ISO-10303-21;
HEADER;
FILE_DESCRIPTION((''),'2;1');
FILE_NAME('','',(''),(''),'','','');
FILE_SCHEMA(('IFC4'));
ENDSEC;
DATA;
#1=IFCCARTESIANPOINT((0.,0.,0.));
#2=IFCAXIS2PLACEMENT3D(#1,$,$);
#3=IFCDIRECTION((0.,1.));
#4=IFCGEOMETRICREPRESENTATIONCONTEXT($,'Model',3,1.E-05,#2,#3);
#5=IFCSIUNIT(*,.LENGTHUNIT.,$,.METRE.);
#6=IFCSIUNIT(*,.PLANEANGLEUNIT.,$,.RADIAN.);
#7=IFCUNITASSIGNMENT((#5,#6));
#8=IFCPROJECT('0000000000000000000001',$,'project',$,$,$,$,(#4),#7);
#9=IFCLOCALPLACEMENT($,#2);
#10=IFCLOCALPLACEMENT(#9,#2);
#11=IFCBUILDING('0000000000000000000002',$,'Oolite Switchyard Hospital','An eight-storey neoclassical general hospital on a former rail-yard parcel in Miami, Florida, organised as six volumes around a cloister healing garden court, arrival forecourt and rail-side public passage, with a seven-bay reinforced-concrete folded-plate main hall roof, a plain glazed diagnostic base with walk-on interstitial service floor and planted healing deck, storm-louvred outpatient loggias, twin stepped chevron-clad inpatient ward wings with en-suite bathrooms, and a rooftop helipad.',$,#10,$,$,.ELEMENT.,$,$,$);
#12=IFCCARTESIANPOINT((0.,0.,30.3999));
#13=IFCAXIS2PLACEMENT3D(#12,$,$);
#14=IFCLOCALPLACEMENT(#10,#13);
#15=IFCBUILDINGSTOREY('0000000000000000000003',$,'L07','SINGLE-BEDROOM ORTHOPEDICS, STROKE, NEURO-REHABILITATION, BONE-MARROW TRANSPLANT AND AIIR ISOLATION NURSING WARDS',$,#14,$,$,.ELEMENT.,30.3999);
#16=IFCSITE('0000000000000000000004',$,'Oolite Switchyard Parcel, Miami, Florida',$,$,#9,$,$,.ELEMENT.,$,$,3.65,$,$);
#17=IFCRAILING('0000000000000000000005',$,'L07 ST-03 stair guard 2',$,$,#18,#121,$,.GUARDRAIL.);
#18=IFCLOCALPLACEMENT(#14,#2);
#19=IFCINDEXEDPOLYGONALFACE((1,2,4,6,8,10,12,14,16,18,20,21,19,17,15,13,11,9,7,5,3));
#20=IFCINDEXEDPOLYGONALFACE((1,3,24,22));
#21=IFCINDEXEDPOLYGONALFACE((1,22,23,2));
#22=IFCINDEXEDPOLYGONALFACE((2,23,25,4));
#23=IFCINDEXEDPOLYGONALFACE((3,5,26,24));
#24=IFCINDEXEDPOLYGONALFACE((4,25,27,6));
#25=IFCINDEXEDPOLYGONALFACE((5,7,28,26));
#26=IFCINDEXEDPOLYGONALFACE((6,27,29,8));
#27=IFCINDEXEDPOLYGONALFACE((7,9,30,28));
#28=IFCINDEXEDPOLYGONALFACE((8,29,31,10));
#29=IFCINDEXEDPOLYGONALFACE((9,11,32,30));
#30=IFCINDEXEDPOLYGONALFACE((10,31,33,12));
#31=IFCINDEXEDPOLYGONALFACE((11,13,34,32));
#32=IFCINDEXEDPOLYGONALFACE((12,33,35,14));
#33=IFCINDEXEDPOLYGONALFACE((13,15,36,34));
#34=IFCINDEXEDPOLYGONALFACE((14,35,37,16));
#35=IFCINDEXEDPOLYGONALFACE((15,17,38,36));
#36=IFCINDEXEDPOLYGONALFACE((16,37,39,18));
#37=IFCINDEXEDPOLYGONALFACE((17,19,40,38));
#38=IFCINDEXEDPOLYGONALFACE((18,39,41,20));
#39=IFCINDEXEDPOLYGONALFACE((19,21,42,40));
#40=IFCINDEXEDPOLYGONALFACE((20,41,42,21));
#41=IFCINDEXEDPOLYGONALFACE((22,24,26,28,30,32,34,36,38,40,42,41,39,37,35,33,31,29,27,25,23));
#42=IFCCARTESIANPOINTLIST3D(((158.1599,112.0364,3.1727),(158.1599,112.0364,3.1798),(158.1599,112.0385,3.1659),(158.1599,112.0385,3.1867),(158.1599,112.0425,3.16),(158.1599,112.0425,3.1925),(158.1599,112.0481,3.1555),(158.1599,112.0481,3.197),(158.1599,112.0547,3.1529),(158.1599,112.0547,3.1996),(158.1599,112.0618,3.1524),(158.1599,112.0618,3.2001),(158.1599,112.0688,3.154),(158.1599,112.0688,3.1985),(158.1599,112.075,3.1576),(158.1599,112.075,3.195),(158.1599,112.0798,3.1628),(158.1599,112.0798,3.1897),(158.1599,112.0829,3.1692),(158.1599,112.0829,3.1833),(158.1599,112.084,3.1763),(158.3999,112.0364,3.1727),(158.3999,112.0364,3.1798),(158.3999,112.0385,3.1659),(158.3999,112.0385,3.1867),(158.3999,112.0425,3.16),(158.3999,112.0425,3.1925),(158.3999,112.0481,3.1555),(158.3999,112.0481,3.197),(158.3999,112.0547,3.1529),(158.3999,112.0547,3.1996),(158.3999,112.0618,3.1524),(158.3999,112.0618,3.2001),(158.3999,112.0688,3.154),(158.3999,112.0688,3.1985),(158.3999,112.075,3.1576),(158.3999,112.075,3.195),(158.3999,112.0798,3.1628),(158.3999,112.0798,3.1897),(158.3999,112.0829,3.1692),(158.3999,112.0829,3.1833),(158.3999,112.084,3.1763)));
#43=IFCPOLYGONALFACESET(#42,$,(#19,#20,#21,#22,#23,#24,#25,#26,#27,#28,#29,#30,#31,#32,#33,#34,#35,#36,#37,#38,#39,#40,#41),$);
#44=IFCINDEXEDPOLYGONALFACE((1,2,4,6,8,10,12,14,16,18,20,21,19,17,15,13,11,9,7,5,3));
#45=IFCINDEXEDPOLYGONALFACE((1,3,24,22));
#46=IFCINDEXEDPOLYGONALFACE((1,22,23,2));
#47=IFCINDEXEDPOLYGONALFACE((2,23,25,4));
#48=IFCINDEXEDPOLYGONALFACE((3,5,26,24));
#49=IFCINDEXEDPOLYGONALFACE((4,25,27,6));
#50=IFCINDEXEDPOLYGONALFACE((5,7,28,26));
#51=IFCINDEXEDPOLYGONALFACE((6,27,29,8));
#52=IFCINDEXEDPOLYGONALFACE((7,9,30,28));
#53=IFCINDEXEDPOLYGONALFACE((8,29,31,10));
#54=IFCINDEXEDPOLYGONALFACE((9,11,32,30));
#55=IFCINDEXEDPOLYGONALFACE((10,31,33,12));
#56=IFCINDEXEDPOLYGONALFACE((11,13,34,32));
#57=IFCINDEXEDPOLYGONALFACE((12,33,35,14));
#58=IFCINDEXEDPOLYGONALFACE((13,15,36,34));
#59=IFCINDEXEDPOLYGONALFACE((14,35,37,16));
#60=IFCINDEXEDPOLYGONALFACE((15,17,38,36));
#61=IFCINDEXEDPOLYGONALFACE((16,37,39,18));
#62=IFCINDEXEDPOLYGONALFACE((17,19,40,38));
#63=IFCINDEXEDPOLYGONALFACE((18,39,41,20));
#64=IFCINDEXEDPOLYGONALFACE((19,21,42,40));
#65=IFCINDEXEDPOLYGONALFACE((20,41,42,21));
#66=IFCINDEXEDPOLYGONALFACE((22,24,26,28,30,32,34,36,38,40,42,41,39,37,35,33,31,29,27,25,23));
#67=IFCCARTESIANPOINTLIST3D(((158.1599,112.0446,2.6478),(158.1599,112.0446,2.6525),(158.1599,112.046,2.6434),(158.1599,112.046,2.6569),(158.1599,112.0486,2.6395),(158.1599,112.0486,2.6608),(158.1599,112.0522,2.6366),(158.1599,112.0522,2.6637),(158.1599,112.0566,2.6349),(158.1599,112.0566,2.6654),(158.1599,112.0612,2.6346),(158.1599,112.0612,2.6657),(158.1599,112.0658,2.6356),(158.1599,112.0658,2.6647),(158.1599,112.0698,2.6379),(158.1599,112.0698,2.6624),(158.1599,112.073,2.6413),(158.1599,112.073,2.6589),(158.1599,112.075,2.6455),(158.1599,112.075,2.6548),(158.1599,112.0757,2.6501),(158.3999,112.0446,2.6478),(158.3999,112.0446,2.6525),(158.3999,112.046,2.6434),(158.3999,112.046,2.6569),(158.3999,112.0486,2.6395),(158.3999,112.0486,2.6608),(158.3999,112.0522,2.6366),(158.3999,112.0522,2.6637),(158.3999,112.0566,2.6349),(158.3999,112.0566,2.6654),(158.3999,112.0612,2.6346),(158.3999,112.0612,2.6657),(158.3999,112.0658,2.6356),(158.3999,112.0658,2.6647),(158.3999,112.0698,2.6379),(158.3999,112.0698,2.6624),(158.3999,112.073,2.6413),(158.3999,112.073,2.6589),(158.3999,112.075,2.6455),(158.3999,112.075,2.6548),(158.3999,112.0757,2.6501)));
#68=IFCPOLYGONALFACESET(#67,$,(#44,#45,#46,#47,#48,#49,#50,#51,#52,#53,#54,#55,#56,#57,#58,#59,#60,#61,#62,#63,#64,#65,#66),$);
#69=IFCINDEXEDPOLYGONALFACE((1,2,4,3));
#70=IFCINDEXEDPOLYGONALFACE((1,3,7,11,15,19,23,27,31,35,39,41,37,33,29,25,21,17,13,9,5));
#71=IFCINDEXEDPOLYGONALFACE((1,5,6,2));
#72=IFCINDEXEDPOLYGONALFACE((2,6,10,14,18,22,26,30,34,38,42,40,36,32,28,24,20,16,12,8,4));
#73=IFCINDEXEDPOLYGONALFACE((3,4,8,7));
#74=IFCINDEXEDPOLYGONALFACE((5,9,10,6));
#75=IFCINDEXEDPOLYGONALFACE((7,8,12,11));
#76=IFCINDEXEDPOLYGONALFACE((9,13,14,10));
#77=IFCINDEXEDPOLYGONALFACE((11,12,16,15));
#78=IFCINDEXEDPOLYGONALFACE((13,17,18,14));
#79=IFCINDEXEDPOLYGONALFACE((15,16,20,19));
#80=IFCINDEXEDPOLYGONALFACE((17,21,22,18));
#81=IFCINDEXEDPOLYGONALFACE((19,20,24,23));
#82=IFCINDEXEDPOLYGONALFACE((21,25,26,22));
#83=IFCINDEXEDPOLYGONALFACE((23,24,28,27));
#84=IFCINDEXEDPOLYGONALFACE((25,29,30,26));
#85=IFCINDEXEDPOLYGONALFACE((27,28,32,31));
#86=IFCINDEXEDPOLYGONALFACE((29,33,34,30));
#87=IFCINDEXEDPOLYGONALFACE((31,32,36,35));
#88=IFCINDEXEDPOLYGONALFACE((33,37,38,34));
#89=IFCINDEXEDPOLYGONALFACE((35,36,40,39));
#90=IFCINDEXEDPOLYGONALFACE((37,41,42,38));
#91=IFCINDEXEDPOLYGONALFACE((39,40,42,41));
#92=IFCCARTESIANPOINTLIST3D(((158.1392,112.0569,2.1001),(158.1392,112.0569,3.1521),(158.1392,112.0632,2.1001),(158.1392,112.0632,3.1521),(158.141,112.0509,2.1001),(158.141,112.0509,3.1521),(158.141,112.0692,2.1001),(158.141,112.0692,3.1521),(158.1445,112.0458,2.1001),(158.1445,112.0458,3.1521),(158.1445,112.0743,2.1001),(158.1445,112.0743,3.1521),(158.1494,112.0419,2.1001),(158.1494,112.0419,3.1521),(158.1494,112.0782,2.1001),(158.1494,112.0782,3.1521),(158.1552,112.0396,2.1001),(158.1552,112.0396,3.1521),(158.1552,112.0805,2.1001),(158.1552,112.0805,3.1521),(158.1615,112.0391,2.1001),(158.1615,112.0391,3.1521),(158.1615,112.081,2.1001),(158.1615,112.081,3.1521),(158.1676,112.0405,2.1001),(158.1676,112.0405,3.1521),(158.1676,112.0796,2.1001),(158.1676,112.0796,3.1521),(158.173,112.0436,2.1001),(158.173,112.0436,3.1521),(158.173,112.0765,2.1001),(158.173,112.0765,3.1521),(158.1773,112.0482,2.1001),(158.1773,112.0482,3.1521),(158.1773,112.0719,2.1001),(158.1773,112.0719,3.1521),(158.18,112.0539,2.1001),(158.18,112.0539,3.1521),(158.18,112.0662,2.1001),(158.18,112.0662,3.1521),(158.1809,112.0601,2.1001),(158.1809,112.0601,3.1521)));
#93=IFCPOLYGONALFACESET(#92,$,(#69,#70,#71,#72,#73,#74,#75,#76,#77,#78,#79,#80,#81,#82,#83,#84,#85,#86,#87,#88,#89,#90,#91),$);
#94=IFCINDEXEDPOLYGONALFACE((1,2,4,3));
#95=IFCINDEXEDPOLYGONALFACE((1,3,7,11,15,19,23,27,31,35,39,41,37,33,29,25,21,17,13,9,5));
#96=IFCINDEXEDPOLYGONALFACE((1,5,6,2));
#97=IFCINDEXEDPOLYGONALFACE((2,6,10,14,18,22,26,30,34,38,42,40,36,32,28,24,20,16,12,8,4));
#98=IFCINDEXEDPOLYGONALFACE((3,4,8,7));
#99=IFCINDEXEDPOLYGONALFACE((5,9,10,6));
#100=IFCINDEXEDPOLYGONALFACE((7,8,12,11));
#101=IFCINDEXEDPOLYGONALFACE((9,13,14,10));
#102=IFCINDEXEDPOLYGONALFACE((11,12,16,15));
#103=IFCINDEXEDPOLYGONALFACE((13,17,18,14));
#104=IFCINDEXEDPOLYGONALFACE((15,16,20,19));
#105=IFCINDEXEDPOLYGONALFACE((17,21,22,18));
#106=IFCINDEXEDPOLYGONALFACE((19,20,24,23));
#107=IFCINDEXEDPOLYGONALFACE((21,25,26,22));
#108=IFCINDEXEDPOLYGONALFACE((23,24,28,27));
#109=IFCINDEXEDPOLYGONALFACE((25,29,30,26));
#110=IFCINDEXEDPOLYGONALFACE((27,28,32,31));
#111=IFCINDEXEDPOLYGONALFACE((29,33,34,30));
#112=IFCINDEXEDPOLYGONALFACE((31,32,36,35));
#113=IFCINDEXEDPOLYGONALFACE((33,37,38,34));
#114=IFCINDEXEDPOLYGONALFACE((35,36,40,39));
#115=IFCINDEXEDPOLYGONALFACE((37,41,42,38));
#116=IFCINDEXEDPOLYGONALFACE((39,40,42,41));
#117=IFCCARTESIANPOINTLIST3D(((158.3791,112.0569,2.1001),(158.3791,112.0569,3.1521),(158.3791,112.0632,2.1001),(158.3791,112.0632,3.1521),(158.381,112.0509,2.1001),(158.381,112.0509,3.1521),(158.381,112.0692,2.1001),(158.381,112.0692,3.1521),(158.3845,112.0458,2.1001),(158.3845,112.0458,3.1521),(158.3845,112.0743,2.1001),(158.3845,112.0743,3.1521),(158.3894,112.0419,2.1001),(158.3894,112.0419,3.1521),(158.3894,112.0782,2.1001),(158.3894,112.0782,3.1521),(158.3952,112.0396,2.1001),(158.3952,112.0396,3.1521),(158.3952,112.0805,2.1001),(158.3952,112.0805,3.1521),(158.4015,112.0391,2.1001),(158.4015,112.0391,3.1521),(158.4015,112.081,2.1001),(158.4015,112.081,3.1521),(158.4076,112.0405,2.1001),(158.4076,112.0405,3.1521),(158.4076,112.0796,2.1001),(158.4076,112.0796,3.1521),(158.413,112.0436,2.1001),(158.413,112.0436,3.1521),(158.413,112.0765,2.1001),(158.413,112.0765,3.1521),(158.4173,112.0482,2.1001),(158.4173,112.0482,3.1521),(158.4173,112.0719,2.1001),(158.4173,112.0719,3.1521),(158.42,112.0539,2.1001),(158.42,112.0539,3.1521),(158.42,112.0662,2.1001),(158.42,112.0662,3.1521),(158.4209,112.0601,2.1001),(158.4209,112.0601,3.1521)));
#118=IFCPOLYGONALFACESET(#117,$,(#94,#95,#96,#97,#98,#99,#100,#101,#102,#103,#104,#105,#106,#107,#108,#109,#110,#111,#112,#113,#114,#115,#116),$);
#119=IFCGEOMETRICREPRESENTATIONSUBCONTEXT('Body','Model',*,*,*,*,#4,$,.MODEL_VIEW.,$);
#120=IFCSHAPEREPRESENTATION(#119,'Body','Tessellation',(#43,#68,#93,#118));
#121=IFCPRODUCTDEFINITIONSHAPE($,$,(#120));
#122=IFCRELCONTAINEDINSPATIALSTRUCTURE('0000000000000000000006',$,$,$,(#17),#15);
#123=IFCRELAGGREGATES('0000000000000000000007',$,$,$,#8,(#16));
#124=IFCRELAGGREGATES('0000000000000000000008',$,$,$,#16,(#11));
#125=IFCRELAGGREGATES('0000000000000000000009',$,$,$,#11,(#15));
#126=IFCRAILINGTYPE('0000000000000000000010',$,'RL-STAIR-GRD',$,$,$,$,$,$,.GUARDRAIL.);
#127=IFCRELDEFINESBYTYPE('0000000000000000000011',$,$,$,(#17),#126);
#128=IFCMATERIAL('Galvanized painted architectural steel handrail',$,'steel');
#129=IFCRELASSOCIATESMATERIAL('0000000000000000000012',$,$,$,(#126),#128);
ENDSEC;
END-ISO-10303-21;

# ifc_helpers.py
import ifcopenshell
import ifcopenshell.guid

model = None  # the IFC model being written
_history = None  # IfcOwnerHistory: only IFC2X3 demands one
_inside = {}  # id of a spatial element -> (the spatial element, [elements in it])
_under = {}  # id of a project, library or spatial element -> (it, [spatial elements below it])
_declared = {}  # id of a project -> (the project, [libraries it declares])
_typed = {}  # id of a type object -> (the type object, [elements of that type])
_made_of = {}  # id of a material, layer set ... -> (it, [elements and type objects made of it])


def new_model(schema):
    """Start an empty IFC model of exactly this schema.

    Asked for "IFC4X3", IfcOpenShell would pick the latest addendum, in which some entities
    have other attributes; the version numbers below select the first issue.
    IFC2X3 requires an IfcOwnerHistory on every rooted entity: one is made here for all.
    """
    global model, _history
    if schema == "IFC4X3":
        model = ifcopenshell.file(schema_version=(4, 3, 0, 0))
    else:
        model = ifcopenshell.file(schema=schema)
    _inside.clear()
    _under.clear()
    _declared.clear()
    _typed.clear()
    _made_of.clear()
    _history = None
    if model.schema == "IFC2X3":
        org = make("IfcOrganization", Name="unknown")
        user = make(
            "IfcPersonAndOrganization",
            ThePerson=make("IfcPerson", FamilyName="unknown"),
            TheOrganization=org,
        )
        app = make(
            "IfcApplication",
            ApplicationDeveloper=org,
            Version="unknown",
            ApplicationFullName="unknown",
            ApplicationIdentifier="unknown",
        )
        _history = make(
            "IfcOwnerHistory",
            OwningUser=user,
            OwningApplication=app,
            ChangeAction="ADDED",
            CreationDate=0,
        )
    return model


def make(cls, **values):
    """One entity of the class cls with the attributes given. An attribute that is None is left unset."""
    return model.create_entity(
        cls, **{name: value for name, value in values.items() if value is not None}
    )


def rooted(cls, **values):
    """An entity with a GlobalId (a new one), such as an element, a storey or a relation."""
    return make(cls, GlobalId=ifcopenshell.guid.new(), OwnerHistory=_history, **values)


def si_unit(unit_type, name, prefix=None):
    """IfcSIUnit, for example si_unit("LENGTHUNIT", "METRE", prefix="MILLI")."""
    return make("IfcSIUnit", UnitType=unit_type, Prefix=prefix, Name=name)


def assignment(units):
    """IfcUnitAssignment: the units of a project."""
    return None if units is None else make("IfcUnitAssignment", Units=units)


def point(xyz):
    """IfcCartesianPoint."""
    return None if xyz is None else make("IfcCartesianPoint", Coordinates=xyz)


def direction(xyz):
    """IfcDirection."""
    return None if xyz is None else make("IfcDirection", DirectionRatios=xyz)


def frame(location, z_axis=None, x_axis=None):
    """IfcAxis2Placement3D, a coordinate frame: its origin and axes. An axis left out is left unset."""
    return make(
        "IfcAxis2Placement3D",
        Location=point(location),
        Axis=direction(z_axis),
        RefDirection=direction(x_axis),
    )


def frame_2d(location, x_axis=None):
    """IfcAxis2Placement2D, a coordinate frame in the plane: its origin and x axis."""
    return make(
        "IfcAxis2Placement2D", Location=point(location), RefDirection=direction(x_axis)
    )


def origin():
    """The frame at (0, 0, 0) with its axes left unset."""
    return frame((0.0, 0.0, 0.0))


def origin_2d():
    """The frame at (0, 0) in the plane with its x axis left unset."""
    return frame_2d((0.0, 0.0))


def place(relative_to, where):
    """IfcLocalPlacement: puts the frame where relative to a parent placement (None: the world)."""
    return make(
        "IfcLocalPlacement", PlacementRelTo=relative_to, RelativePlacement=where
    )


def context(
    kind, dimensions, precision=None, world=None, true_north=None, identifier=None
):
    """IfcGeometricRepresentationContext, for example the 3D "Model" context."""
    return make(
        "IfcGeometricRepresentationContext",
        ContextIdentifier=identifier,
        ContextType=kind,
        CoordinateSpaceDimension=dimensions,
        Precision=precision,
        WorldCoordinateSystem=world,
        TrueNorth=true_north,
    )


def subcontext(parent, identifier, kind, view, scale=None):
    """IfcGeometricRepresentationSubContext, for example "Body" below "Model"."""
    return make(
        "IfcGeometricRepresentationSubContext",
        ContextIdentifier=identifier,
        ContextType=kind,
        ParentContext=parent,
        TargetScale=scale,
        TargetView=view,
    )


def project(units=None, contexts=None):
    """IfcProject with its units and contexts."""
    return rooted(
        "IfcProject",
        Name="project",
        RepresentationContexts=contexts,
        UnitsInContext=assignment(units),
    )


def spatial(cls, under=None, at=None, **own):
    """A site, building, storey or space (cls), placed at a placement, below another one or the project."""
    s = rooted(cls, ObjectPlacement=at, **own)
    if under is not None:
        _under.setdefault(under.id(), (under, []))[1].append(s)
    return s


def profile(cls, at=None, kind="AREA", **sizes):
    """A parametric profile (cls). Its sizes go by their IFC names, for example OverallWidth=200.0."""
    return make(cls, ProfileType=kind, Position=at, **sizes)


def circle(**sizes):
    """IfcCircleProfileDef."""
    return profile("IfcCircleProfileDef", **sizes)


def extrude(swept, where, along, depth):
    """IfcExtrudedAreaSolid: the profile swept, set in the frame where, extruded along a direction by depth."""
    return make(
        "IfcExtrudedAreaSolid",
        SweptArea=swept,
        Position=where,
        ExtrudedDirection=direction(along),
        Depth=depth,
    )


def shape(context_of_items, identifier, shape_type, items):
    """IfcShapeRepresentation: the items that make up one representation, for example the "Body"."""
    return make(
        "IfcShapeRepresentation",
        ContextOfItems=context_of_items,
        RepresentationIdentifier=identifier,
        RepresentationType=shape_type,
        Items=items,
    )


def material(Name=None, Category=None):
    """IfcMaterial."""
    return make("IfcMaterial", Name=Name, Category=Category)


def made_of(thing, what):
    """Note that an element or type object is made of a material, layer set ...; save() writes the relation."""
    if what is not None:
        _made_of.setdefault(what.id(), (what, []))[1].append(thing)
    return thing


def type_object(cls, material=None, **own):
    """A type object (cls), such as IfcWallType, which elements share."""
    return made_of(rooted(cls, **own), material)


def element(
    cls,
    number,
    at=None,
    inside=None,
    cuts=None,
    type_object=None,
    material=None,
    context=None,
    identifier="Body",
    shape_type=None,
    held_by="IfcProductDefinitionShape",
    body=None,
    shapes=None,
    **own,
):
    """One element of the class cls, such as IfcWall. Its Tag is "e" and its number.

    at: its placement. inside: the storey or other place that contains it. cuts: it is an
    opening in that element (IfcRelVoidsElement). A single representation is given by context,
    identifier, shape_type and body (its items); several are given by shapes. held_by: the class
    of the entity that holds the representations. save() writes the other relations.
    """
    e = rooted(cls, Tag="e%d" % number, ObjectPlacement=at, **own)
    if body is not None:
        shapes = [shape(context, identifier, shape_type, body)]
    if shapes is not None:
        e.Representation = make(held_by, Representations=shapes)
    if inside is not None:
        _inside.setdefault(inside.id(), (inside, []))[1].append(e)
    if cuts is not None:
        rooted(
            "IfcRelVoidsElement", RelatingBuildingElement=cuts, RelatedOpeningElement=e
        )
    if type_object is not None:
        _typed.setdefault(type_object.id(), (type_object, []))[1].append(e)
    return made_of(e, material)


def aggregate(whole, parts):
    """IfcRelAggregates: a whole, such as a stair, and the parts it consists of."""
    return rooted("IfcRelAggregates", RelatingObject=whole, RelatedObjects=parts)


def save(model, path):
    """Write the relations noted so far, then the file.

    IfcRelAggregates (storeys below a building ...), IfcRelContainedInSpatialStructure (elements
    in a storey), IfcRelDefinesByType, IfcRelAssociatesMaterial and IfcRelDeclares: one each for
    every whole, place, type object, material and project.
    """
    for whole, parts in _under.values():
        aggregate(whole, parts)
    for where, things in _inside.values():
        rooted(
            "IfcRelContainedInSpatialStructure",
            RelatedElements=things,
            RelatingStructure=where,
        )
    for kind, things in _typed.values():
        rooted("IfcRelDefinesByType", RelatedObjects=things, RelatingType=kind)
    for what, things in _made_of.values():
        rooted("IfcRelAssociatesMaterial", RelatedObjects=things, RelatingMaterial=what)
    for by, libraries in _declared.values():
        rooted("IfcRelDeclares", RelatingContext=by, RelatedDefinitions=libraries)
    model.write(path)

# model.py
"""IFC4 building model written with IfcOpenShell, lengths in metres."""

from ifc_helpers import new_model, si_unit, direction, frame, origin, origin_2d, place, context, subcontext, project, spatial, circle, extrude, material, type_object, element, save


model = new_model("IFC4")

# Units and contexts
model_context = context("Model", 3, precision=1e-05, world=origin(), true_north=direction((0.0, 1.0)))
body_context = subcontext(model_context, "Body", "Model", "MODEL_VIEW")
ifc_project = project(units=[si_unit("LENGTHUNIT", "METRE"), si_unit("PLANEANGLEUNIT", "RADIAN")], contexts=[model_context])

# Site, building, storey
site_placement = place(None, origin())
site = spatial("IfcSite", under=ifc_project, at=site_placement, Name="Oolite Switchyard Parcel, Miami, Florida", CompositionType="ELEMENT", RefElevation=3.65)
building_placement = place(site_placement, origin())
building = spatial("IfcBuilding", under=site, at=building_placement, Name="Oolite Switchyard Hospital", Description="An eight-storey neoclassical general hospital on a former rail-yard parcel in Miami, Florida, organised as six volumes around a cloister healing garden court, arrival forecourt and rail-side public passage, with a seven-bay reinforced-concrete folded-plate main hall roof, a plain glazed diagnostic base with walk-on interstitial service floor and planted healing deck, storm-louvred outpatient loggias, twin stepped chevron-clad inpatient ward wings with en-suite bathrooms, and a rooftop helipad.", CompositionType="ELEMENT")
storey_placement = place(building_placement, frame((0.0, 0.0, 30.3999)))
storey = spatial("IfcBuildingStorey", under=building, at=storey_placement, Name="L07", Description="SINGLE-BEDROOM ORTHOPEDICS, STROKE, NEURO-REHABILITATION, BONE-MARROW TRANSPLANT AND AIIR ISOLATION NURSING WARDS", CompositionType="ELEMENT", Elevation=30.3999)

# Railing
ifc_material_1 = material(Name="Galvanized painted architectural steel handrail", Category="steel")
railing_type_1 = type_object("IfcRailingType", Name="RL-STAIR-GRD", PredefinedType="GUARDRAIL", material=ifc_material_1)
railing_1_placement = place(storey_placement, frame((158.1599, 112.0601, 2.1001)))
element("IfcRailing", 1, at=railing_1_placement, inside=storey, type_object=railing_type_1, Name="L07 ST-03 stair guard 2", PredefinedType="GUARDRAIL", context=body_context, shape_type="SweptSolid", body=[
    extrude(circle(Radius=0.0239, at=origin_2d()), frame((0.0, 0.0, 1.0762), z_axis=(1.0, 0.0, 0.0), x_axis=(0.0, 1.0, 0.0)), (0.0, 0.0, 1.0), 0.24),
    extrude(circle(Radius=0.0156, at=origin_2d()), frame((0.0, 0.0, 0.55), z_axis=(1.0, 0.0, 0.0), x_axis=(0.0, 1.0, 0.0)), (0.0, 0.0, 1.0), 0.24),
    extrude(circle(Radius=0.021, at=origin_2d()), origin(), (0.0, 0.0, 1.0), 1.052),
    extrude(circle(Radius=0.021, at=origin_2d()), frame((0.24, 0.0, 0.0)), (0.0, 0.0, 1.0), 1.052),
])

save(model, "model.ifc")
